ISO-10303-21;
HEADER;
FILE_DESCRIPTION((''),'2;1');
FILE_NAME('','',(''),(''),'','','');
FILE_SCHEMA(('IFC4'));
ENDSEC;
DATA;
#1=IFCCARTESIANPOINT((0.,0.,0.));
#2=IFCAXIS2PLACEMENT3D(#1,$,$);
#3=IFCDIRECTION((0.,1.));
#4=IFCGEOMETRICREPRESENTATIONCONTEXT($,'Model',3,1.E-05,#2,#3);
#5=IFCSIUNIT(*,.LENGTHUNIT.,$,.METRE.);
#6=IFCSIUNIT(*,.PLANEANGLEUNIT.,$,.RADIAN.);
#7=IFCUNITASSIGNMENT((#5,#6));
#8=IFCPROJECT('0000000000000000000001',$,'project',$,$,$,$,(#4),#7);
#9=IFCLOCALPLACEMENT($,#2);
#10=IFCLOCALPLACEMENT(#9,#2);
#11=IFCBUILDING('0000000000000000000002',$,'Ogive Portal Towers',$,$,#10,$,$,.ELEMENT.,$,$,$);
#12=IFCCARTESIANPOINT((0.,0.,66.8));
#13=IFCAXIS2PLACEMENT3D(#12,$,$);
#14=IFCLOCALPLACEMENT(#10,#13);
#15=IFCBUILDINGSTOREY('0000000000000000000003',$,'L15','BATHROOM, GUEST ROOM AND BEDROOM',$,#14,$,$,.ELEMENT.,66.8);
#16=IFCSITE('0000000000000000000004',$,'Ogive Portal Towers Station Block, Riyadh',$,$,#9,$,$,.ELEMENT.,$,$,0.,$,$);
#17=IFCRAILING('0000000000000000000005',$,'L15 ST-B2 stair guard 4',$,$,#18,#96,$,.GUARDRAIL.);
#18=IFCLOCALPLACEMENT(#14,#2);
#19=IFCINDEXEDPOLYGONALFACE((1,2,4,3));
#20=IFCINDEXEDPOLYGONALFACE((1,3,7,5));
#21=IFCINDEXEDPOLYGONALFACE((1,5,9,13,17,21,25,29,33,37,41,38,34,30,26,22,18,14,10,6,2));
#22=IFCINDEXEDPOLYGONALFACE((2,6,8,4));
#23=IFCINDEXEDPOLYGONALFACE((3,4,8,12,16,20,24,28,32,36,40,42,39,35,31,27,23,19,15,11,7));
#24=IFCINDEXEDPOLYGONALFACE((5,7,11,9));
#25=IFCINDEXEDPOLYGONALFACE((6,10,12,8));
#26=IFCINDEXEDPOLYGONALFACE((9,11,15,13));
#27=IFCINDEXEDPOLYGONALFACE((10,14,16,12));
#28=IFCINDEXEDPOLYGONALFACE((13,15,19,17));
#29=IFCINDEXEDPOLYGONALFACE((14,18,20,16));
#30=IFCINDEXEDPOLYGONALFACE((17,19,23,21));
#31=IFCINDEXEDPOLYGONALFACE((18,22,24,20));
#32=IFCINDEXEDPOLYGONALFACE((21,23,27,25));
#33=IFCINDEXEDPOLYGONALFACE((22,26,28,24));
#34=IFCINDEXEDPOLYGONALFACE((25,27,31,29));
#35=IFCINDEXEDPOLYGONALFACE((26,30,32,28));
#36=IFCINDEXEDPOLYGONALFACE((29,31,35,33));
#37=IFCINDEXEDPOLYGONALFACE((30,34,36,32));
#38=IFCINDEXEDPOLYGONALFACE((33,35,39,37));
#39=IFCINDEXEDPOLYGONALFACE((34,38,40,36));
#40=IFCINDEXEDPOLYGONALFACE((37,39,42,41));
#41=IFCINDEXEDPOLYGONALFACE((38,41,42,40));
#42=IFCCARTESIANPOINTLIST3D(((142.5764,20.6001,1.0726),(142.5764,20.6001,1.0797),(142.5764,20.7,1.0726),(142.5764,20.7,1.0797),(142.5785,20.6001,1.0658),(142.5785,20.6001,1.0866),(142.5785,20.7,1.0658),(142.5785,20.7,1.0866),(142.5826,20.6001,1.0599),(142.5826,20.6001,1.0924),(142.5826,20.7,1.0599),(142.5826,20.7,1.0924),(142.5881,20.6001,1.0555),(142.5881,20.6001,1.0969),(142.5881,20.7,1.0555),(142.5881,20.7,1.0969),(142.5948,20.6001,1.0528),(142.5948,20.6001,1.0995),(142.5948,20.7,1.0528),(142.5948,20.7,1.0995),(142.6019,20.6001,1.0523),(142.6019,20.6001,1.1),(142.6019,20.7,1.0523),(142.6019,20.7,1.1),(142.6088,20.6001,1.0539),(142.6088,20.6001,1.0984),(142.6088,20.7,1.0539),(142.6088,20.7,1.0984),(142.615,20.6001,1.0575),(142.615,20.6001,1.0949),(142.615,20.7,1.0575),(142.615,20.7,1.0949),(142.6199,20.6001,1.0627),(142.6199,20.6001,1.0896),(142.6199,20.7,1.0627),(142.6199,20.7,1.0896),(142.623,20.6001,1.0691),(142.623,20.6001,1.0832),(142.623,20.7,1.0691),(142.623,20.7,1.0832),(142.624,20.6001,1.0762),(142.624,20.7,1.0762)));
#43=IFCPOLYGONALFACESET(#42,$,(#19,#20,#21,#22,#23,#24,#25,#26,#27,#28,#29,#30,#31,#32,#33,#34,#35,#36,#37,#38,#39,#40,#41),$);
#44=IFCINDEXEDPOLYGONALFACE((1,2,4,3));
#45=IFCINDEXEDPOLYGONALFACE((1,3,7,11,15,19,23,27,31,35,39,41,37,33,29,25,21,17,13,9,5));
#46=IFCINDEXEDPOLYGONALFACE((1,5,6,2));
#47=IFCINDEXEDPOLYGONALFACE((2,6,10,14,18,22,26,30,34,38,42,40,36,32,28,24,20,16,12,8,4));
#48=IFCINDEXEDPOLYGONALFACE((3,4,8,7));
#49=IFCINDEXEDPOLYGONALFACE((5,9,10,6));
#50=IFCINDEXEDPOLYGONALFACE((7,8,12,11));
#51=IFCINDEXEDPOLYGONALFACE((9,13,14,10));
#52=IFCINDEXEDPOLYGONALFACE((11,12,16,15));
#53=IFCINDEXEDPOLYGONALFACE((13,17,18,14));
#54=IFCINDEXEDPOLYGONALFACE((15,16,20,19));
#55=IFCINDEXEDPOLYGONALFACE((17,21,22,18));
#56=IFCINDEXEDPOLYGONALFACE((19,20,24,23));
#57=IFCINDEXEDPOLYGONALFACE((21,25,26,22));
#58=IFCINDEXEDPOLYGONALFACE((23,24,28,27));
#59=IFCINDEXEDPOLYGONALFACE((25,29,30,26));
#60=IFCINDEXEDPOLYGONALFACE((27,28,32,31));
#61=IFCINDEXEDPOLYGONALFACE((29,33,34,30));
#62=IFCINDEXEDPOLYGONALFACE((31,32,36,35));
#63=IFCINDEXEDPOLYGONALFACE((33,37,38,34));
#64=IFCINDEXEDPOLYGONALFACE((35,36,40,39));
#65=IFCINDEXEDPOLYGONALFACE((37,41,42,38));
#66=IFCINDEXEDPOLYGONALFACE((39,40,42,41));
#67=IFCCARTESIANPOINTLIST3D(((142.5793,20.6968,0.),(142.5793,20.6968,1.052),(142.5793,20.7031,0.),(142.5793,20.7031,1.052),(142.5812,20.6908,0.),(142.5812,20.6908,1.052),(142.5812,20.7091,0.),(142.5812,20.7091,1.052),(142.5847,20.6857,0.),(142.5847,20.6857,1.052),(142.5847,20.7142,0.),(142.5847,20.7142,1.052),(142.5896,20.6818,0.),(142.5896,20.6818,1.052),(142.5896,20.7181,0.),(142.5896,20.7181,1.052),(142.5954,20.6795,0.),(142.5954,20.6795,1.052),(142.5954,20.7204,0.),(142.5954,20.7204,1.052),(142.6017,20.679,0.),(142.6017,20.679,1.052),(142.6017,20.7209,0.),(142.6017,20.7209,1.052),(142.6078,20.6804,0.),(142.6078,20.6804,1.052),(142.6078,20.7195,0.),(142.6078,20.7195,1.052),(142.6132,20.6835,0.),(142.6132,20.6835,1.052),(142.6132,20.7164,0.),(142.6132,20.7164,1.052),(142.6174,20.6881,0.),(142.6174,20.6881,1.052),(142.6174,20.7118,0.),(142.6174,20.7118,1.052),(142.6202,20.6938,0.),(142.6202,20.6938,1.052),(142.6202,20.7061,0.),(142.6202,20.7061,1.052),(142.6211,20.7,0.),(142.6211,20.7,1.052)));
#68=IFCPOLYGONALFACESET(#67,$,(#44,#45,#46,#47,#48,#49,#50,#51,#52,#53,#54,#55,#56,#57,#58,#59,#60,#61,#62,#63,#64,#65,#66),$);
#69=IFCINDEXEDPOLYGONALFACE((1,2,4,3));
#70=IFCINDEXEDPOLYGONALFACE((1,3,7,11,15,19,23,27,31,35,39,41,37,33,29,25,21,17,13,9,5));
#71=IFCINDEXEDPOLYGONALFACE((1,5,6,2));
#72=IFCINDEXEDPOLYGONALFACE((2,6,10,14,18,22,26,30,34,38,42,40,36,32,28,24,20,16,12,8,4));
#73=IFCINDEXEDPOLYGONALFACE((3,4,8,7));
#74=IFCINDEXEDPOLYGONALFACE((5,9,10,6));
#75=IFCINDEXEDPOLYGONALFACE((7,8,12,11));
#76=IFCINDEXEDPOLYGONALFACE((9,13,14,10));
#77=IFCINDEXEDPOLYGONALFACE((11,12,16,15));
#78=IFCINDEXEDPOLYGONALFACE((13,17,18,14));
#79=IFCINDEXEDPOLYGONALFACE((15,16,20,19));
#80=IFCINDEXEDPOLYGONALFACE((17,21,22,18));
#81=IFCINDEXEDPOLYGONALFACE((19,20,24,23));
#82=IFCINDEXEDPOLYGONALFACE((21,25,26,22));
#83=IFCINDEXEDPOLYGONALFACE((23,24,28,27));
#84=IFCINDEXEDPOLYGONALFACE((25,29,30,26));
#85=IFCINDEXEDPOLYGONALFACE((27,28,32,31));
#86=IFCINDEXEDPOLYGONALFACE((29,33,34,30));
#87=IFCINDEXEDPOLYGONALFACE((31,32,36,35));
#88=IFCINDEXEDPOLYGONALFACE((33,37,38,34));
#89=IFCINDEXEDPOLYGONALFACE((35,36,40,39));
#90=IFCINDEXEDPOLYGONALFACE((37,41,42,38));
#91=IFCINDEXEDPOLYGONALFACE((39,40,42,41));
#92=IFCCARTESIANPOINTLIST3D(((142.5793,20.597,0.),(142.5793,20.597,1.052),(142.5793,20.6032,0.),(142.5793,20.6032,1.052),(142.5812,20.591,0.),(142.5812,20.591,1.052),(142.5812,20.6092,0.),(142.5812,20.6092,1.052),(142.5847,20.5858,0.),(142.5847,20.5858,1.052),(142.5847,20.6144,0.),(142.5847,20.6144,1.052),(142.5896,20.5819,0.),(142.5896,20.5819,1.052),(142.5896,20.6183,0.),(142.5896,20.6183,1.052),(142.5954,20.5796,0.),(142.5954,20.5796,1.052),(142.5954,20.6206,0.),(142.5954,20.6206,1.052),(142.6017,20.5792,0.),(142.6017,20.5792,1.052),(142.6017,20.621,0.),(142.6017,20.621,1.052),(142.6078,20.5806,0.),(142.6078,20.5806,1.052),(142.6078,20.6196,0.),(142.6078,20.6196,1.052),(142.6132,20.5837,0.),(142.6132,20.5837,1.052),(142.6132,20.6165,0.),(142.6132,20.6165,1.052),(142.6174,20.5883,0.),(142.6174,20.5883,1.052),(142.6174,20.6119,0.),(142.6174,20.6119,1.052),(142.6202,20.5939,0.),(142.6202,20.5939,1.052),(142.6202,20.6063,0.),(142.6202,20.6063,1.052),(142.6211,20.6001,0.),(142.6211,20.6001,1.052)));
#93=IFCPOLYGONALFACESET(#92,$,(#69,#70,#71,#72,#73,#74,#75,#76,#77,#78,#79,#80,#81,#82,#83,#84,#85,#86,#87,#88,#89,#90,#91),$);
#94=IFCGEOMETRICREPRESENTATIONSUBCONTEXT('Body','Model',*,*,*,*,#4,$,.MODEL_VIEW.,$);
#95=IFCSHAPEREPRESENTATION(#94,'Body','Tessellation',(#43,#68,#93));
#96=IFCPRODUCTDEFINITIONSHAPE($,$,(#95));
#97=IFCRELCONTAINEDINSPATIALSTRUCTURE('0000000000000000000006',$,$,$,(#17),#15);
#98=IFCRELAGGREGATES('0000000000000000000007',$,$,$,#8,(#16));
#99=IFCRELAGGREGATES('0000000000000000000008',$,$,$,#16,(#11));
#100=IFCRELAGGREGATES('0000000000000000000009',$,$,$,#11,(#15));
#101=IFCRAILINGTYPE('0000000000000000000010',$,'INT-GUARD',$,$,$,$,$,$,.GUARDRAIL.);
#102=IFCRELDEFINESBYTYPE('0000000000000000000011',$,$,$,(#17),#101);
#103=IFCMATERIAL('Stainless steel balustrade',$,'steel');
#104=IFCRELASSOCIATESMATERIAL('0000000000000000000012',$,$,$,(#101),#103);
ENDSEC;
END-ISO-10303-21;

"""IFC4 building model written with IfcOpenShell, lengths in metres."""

from ifc_helpers import new_model, si_unit, direction, frame, origin, origin_2d, place, context, subcontext, project, spatial, circle, extrude, material, type_object, element, save


model = new_model("IFC4")

# Units and contexts
model_context = context("Model", 3, precision=1e-05, world=origin(), true_north=direction((0.0, 1.0)))
body_context = subcontext(model_context, "Body", "Model", "MODEL_VIEW")
ifc_project = project(units=[si_unit("LENGTHUNIT", "METRE"), si_unit("PLANEANGLEUNIT", "RADIAN")], contexts=[model_context])

# Site, building, storey
site_placement = place(None, origin())
site = spatial("IfcSite", under=ifc_project, at=site_placement, Name="Ogive Portal Towers Station Block, Riyadh", CompositionType="ELEMENT", RefElevation=0.0)
building_placement = place(site_placement, origin())
building = spatial("IfcBuilding", under=site, at=building_placement, Name="Ogive Portal Towers", CompositionType="ELEMENT")
storey_placement = place(building_placement, frame((0.0, 0.0, 66.8)))
storey = spatial("IfcBuildingStorey", under=building, at=storey_placement, Name="L15", Description="BATHROOM, GUEST ROOM AND BEDROOM", CompositionType="ELEMENT", Elevation=66.8)

# Railing
ifc_material_1 = material(Name="Stainless steel balustrade", Category="steel")
railing_type = type_object("IfcRailingType", Name="INT-GUARD", PredefinedType="GUARDRAIL", material=ifc_material_1)
railing_placement = place(storey_placement, frame((142.6001, 20.7, 0.0)))
element("IfcRailing", 1, at=railing_placement, inside=storey, type_object=railing_type, Name="L15 ST-B2 stair guard 4", PredefinedType="GUARDRAIL", context=body_context, shape_type="SweptSolid", body=[
    extrude(circle(Radius=0.0239, at=origin_2d()), frame((0.0, 0.0, 1.0762), z_axis=(0.0, -1.0, 0.0), x_axis=(1.0, 0.0, 0.0)), (0.0, 0.0, 1.0), 0.0999),
    extrude(circle(Radius=0.021, at=origin_2d()), origin(), (0.0, 0.0, 1.0), 1.052),
    extrude(circle(Radius=0.021, at=origin_2d()), frame((0.0, -0.0999, 0.0)), (0.0, 0.0, 1.0), 1.052),
])

save(model, "model.ifc")
